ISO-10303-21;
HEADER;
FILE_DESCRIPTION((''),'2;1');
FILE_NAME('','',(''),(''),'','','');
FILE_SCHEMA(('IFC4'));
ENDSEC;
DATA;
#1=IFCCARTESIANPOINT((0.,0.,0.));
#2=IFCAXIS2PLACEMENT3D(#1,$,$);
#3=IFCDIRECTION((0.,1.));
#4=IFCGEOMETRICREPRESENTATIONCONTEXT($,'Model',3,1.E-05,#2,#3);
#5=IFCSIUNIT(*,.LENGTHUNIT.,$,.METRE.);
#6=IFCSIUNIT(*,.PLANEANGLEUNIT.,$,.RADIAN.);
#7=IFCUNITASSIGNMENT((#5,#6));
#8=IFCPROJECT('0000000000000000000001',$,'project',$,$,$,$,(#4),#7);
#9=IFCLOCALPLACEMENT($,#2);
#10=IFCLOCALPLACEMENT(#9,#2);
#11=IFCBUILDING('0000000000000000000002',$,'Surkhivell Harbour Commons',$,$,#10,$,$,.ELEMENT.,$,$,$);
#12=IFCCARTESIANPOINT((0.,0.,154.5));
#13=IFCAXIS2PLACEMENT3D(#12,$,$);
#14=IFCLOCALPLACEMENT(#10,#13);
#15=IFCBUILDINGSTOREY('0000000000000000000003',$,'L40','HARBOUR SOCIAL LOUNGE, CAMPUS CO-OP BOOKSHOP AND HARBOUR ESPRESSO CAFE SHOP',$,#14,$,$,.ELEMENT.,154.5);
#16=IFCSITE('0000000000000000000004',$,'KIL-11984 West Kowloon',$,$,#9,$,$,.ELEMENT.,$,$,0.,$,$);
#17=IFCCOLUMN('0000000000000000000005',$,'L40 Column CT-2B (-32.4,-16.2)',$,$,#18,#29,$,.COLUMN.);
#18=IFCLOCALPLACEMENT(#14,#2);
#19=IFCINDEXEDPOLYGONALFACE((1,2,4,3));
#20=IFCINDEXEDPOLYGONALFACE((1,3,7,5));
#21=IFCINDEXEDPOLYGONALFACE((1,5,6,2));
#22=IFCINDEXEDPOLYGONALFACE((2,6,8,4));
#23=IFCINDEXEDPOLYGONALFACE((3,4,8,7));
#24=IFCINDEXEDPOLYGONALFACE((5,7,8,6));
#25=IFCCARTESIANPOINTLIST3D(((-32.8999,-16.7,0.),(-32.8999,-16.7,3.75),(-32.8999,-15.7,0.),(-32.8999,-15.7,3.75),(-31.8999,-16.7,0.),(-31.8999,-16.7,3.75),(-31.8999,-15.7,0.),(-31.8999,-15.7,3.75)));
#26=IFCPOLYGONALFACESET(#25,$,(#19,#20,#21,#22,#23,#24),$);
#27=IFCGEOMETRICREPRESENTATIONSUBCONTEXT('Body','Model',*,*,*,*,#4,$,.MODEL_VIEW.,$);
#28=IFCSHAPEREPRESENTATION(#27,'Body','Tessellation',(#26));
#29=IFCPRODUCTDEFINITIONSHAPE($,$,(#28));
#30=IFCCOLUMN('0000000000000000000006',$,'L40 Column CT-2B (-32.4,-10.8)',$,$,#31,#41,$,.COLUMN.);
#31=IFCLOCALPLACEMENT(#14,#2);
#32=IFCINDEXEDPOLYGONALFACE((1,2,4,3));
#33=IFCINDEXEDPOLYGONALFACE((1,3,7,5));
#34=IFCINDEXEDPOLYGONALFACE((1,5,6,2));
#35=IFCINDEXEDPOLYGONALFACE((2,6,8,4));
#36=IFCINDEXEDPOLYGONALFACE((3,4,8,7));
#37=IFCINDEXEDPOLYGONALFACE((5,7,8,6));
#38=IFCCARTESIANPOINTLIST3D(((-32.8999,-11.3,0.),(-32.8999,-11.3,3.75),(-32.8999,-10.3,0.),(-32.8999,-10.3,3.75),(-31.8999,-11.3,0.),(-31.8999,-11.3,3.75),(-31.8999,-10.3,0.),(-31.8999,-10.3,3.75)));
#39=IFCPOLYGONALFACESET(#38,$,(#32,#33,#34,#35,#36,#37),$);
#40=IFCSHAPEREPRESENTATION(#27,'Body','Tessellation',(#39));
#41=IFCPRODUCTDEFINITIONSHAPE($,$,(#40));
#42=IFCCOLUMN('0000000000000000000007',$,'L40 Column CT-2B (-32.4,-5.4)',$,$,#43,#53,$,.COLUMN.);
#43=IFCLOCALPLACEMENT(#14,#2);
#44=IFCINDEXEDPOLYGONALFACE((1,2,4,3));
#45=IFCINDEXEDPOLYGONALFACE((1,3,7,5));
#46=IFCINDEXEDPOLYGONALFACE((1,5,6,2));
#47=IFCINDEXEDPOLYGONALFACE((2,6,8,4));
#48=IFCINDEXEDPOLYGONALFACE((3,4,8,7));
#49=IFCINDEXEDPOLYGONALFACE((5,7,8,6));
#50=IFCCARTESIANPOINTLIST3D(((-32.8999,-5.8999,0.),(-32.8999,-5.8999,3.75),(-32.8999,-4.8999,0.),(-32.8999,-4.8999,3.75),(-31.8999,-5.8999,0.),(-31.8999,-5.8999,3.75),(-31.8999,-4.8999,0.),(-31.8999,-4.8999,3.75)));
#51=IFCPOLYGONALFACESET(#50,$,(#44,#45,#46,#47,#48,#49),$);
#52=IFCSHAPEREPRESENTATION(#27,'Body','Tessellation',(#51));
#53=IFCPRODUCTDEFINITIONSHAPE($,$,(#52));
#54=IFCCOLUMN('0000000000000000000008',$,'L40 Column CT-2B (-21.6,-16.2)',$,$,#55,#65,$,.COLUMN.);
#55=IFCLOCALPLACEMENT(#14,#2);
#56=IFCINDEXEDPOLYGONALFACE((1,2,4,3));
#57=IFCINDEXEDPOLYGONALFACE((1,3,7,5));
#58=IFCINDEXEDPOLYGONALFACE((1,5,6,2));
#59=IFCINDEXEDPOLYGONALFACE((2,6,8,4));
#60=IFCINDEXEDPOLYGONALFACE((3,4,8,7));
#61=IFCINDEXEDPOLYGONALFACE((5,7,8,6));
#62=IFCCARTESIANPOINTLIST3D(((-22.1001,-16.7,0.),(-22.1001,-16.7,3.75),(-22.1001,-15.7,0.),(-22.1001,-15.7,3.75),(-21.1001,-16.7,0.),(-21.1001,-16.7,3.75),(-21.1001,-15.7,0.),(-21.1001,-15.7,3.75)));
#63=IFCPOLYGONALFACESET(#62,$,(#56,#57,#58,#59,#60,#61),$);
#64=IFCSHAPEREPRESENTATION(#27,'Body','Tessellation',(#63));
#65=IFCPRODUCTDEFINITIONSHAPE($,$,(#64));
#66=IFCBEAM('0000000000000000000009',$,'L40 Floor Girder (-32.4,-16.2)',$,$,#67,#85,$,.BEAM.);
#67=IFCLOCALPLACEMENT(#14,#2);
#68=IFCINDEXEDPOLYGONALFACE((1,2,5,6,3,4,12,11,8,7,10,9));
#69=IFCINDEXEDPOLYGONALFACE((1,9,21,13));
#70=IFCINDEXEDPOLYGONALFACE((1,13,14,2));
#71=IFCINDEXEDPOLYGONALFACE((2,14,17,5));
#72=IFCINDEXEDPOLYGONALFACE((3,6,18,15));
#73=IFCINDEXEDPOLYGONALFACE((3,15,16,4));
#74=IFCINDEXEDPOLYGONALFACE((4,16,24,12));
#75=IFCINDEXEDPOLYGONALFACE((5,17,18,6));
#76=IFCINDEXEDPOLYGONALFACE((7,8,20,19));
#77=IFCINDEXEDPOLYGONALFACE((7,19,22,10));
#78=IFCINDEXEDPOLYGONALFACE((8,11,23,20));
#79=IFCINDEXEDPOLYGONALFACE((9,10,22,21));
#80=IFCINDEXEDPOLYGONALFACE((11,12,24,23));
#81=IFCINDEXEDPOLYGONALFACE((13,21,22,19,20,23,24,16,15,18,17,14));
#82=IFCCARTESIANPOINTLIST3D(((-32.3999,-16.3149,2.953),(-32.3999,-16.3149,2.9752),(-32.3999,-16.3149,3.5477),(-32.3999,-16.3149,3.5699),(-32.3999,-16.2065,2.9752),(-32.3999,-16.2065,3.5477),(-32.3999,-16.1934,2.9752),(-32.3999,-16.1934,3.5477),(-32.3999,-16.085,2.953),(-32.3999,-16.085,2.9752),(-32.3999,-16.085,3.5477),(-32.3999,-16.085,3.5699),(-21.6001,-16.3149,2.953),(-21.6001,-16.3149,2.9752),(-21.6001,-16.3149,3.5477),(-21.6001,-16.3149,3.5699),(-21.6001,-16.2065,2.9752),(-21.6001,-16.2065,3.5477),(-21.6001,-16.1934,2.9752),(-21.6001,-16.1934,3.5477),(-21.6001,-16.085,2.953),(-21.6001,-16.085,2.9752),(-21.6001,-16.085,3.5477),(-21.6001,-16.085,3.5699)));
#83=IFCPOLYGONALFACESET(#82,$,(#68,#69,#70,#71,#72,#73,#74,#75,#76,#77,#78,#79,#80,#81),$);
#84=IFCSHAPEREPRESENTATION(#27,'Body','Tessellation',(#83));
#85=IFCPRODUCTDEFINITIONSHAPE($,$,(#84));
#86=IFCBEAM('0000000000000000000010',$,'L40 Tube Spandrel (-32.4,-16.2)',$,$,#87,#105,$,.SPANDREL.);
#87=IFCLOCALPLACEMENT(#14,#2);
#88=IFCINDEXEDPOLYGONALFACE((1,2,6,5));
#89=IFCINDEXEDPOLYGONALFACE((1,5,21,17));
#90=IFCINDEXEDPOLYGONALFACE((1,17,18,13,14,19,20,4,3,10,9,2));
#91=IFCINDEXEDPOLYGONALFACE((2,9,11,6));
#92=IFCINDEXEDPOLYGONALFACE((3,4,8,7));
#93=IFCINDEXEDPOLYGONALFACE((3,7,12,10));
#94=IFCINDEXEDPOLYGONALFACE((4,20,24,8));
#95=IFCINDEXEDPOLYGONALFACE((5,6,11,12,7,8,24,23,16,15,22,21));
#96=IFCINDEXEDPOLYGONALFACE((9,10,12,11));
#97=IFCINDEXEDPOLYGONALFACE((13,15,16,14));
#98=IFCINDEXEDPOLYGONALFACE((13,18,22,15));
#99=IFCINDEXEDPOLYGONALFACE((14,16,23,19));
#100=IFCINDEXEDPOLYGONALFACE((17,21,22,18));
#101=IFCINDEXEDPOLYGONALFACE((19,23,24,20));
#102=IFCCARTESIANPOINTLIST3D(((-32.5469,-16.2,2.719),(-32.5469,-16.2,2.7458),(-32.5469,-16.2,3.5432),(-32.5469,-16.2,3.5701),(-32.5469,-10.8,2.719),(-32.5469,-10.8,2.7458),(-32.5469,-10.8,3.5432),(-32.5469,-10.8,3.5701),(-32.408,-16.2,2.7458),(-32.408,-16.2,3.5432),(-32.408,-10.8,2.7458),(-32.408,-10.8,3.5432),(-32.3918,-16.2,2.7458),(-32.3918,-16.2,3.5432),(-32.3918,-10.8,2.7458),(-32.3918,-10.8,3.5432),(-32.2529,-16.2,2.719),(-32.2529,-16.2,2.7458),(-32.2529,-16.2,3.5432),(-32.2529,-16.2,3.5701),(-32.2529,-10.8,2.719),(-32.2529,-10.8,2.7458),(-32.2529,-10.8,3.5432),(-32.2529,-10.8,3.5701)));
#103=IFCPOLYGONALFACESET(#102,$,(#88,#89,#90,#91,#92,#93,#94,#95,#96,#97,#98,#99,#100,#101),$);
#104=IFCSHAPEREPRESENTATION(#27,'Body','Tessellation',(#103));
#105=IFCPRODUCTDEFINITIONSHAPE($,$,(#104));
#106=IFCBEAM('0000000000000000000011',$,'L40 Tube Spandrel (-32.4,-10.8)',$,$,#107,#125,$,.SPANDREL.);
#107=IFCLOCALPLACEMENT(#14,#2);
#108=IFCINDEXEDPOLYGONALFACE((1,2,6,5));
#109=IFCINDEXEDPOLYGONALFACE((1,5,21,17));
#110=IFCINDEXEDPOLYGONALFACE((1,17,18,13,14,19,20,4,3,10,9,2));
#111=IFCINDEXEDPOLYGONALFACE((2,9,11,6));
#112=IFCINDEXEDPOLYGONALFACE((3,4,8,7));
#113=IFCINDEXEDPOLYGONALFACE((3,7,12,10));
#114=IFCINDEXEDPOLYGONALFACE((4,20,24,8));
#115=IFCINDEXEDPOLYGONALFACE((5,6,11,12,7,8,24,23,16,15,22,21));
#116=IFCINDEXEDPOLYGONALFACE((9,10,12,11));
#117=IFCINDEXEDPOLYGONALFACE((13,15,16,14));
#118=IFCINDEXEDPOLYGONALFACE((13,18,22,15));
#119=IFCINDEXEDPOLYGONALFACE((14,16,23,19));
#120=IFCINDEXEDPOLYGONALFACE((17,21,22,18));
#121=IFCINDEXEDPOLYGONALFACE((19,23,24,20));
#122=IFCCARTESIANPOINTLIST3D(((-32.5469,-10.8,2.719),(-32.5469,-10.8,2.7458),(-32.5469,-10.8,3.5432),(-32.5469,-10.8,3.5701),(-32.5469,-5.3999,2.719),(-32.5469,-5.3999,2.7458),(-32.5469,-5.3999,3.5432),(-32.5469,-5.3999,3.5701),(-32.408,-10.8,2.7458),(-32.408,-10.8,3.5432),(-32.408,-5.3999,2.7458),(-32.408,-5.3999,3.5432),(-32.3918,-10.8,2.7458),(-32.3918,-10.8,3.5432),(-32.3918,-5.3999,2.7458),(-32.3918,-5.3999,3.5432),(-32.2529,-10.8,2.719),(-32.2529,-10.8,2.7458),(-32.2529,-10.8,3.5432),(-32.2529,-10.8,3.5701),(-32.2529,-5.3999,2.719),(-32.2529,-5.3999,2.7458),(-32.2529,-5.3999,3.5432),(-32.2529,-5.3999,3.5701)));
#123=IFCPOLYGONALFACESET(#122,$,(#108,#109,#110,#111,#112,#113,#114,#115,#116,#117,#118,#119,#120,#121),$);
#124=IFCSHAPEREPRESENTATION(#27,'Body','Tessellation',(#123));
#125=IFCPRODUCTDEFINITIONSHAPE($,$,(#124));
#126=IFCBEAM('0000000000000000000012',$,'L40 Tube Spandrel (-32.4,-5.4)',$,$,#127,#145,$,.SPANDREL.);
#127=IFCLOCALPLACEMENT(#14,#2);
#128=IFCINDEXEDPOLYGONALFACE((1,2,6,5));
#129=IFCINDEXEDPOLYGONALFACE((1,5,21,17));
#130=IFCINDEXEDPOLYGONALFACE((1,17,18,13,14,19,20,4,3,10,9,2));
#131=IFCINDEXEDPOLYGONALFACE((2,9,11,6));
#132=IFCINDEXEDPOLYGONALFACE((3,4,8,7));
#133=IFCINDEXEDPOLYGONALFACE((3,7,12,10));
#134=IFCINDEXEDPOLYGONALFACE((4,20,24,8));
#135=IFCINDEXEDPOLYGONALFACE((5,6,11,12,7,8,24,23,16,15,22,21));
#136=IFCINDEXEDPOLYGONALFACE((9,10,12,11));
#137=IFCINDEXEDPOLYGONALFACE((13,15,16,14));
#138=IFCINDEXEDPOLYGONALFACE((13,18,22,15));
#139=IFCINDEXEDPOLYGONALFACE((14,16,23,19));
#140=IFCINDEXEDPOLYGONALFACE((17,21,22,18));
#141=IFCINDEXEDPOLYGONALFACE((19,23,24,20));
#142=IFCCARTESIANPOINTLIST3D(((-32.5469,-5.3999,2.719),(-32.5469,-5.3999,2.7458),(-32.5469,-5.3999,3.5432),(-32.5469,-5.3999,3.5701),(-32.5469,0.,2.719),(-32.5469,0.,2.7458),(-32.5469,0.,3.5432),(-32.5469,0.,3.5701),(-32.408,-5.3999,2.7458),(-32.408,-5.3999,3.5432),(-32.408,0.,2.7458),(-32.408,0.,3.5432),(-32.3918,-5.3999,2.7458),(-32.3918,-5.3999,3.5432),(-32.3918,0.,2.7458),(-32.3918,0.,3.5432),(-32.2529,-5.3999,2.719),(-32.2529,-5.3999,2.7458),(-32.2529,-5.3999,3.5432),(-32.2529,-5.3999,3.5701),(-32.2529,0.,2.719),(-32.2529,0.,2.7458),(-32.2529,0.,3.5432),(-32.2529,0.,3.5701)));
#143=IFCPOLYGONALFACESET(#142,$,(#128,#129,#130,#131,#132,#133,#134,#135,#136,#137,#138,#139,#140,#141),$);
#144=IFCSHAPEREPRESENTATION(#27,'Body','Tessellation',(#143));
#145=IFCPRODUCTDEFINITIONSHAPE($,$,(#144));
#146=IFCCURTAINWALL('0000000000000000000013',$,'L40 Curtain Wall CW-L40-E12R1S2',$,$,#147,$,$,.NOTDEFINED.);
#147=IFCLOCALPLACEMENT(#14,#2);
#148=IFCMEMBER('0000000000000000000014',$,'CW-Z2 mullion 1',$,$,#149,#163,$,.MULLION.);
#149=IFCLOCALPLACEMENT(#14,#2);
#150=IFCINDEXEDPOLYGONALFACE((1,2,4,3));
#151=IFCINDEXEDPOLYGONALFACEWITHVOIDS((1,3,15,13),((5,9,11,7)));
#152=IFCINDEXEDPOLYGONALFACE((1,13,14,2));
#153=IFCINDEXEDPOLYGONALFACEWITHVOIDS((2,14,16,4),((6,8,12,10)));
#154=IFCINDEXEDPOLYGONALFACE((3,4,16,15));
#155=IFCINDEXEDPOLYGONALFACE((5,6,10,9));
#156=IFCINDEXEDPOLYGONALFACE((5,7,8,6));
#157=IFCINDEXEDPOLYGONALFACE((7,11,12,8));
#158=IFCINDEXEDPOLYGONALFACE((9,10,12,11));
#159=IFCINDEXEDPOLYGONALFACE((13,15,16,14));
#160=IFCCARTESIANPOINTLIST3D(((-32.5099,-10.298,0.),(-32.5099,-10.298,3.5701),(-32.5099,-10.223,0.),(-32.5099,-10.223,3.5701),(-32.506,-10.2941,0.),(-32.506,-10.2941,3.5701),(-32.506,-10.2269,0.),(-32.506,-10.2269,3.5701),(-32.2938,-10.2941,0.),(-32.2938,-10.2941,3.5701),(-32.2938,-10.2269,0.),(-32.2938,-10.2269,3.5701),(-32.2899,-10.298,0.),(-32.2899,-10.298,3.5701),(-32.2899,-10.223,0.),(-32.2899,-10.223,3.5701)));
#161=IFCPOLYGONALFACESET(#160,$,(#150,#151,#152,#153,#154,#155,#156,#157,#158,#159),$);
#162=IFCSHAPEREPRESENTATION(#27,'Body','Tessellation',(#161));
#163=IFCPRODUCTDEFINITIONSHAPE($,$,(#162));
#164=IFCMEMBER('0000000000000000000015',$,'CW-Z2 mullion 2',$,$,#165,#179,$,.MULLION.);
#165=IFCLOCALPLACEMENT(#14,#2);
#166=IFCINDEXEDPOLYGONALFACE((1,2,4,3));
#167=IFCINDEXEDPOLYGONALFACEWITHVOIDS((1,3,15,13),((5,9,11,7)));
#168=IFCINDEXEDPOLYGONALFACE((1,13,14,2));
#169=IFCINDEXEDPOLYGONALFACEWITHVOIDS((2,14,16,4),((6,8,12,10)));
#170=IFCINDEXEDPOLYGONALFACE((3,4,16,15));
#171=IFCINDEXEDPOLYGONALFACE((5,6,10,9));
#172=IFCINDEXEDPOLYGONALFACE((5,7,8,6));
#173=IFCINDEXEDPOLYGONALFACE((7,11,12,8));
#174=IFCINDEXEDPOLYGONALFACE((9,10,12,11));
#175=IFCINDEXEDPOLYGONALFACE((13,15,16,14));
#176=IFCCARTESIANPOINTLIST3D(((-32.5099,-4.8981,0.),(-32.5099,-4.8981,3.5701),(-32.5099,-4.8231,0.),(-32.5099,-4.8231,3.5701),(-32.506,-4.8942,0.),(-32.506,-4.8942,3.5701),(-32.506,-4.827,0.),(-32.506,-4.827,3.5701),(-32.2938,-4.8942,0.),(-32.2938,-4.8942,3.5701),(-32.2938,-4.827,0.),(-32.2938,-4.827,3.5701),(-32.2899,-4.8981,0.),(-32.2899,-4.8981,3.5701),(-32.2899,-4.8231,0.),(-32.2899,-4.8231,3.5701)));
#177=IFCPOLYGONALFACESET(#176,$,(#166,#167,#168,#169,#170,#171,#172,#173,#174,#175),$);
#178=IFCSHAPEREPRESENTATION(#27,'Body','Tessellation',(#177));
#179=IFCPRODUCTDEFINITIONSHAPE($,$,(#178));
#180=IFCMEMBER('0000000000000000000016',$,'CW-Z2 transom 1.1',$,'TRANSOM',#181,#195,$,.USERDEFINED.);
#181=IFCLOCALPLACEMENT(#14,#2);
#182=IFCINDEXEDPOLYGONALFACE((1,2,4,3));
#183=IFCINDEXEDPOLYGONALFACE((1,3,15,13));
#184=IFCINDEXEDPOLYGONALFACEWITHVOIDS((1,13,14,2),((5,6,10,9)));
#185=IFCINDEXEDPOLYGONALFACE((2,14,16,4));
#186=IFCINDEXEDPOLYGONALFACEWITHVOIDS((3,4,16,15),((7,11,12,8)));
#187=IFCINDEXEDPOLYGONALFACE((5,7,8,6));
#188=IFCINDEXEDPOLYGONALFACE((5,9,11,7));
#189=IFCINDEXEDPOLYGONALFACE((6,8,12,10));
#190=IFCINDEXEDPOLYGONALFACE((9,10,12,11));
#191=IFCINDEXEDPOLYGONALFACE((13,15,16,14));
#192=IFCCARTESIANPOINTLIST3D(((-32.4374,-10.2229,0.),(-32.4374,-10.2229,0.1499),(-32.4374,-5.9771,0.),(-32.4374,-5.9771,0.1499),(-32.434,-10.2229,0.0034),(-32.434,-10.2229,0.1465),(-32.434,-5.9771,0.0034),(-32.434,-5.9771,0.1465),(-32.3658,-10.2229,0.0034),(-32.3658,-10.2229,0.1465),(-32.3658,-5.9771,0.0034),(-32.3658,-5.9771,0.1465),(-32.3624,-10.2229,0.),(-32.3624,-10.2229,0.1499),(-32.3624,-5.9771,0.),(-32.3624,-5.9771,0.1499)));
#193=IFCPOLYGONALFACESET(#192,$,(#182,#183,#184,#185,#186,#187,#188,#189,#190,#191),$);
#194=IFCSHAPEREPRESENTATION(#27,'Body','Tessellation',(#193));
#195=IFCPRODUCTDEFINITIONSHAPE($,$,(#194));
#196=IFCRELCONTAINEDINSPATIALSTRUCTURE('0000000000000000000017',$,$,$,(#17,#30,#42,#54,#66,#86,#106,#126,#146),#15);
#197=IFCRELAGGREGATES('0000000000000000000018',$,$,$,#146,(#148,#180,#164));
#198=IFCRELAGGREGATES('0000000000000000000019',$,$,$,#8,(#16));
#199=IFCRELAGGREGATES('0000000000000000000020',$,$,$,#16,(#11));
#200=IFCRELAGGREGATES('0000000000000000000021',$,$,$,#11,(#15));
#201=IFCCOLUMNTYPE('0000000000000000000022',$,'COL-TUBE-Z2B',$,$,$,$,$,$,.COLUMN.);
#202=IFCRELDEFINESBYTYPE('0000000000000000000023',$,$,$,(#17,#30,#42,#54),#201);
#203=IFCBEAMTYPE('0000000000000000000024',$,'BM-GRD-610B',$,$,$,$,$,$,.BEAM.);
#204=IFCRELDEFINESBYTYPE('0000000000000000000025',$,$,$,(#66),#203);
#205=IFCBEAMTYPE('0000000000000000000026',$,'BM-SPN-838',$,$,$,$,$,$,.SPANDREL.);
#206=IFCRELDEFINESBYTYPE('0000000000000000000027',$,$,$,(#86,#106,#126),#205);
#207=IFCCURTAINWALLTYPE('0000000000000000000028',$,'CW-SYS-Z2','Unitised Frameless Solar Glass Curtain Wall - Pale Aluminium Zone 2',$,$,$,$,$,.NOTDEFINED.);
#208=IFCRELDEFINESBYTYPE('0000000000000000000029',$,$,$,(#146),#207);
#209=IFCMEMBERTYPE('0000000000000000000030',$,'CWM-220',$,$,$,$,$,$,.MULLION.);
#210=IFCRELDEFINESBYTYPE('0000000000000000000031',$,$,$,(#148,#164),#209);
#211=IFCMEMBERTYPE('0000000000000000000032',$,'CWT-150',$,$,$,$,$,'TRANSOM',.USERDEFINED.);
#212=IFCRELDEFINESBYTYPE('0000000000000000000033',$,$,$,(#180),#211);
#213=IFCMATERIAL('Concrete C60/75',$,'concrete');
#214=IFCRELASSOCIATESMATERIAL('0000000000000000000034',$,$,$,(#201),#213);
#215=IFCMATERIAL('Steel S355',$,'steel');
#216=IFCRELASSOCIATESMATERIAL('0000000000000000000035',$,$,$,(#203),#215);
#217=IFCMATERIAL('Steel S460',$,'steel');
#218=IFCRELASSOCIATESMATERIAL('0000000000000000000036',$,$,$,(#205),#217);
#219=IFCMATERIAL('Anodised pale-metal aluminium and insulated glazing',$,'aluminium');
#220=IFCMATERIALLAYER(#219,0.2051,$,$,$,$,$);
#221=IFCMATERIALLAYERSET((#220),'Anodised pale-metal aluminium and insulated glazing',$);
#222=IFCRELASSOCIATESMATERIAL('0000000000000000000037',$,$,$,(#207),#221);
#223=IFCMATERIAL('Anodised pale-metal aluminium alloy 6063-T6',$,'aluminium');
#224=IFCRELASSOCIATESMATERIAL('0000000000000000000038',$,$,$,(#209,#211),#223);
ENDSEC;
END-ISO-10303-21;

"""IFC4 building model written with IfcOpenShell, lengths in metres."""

from ifc_helpers import new_model, si_unit, direction, frame, origin, origin_2d, place, context, subcontext, project, spatial, rectangle, hollow_rectangle, i_section, extrude, material, layer, layer_set, material_profile, profile_set, type_object, element, aggregate, save


model = new_model("IFC4")

# Units and contexts
model_context = context("Model", 3, precision=1e-05, world=origin(), true_north=direction((0.0, 1.0)))
body_context = subcontext(model_context, "Body", "Model", "MODEL_VIEW")
ifc_project = project(units=[si_unit("LENGTHUNIT", "METRE"), si_unit("PLANEANGLEUNIT", "RADIAN")], contexts=[model_context])

# Site, building, storey
site_placement = place(None, origin())
site = spatial("IfcSite", under=ifc_project, at=site_placement, Name="KIL-11984 West Kowloon", CompositionType="ELEMENT", RefElevation=0.0)
building_placement = place(site_placement, origin())
building = spatial("IfcBuilding", under=site, at=building_placement, Name="Surkhivell Harbour Commons", CompositionType="ELEMENT")
storey_placement = place(building_placement, frame((0.0, 0.0, 154.5)))
storey = spatial("IfcBuildingStorey", under=building, at=storey_placement, Name="L40", Description="HARBOUR SOCIAL LOUNGE, CAMPUS CO-OP BOOKSHOP AND HARBOUR ESPRESSO CAFE SHOP", CompositionType="ELEMENT", Elevation=154.5)

# Columns
ifc_material_1 = material(Name="Concrete C60/75", Category="concrete")
ifc_material_profile_1 = material_profile(ifc_material_1, rectangle(XDim=1.0, YDim=1.0, at=origin_2d()), Name="RC-COL-1000x1000")
ifc_profile_set_1 = profile_set([ifc_material_profile_1], Name="Concrete C60/75")
column_type = type_object("IfcColumnType", Name="COL-TUBE-Z2B", PredefinedType="COLUMN", material=ifc_profile_set_1)
for number, where, z_axis, x_axis, name in (
    (1, (-32.3999, -16.2, 0.0), (0.0, 0.0, 1.0), (1.0, 0.0, 0.0), "L40 Column CT-2B (-32.4,-16.2)"),
    (2, (-32.3999, -10.8, 0.0), (0.0, 0.0, 1.0), (1.0, 0.0, 0.0), "L40 Column CT-2B (-32.4,-10.8)"),
    (3, (-32.3999, -5.3999, 0.0), (0.0, 0.0, 1.0), (1.0, 0.0, 0.0), "L40 Column CT-2B (-32.4,-5.4)"),
    (4, (-21.6001, -16.2, 0.0), (0.0, 0.0, 1.0), (1.0, 0.0, 0.0), "L40 Column CT-2B (-21.6,-16.2)"),
):
    element("IfcColumn", number, at=place(storey_placement, frame(where, z_axis=z_axis, x_axis=x_axis)), inside=storey, type_object=column_type, Name=name, PredefinedType="COLUMN", context=body_context, shape_type="SweptSolid", body=[
        extrude(rectangle(XDim=1.0, YDim=1.0, at=origin_2d()), origin(), (0.0, 0.0, 1.0), 3.75),
    ])

# Beams
ifc_material_2 = material(Name="Steel S355", Category="steel")
ifc_material_profile_2 = material_profile(ifc_material_2, i_section(OverallWidth=0.23, OverallDepth=0.6169, WebThickness=0.0132, FlangeThickness=0.0222, at=origin_2d()), Name="UB610x229x140")
ifc_profile_set_2 = profile_set([ifc_material_profile_2], Name="Steel S355")
beam_type_1 = type_object("IfcBeamType", Name="BM-GRD-610B", PredefinedType="BEAM", material=ifc_profile_set_2)
beam_1_placement = place(storey_placement, frame((-32.3999, -16.2, 3.2615), z_axis=(1.0, 0.0, 0.0), x_axis=(0.0, 1.0, 0.0)))
element("IfcBeam", 5, at=beam_1_placement, inside=storey, type_object=beam_type_1, Name="L40 Floor Girder (-32.4,-16.2)", PredefinedType="BEAM", context=body_context, shape_type="SweptSolid", body=[
    extrude(i_section(OverallWidth=0.23, OverallDepth=0.6169, WebThickness=0.0132, FlangeThickness=0.0222, at=origin_2d()), origin(), (0.0, 0.0, 1.0), 10.7998),
])
ifc_material_3 = material(Name="Steel S460", Category="steel")
ifc_material_profile_3 = material_profile(ifc_material_3, i_section(OverallWidth=0.2939, OverallDepth=0.8511, WebThickness=0.0161, FlangeThickness=0.0269, at=origin_2d()), Name="UB838x292x226")
ifc_profile_set_3 = profile_set([ifc_material_profile_3], Name="Steel S460")
beam_type_2 = type_object("IfcBeamType", Name="BM-SPN-838", PredefinedType="SPANDREL", material=ifc_profile_set_3)
beam_2_placement = place(storey_placement, frame((-32.3999, -16.2, 3.1445), z_axis=(0.0, 1.0, 0.0), x_axis=(-1.0, 0.0, 0.0)))
element("IfcBeam", 6, at=beam_2_placement, inside=storey, type_object=beam_type_2, Name="L40 Tube Spandrel (-32.4,-16.2)", PredefinedType="SPANDREL", context=body_context, shape_type="SweptSolid", body=[
    extrude(i_section(OverallWidth=0.2939, OverallDepth=0.8511, WebThickness=0.0161, FlangeThickness=0.0269, at=origin_2d()), origin(), (0.0, 0.0, 1.0), 5.3999),
])
beam_3_placement = place(storey_placement, frame((-32.3999, -10.8, 3.1445), z_axis=(0.0, 1.0, 0.0), x_axis=(-1.0, 0.0, 0.0)))
element("IfcBeam", 7, at=beam_3_placement, inside=storey, type_object=beam_type_2, Name="L40 Tube Spandrel (-32.4,-10.8)", PredefinedType="SPANDREL", context=body_context, shape_type="SweptSolid", body=[
    extrude(i_section(OverallWidth=0.2939, OverallDepth=0.8511, WebThickness=0.0161, FlangeThickness=0.0269, at=origin_2d()), origin(), (0.0, 0.0, 1.0), 5.4001),
])
beam_4_placement = place(storey_placement, frame((-32.3999, -5.3999, 3.1445), z_axis=(0.0, 1.0, 0.0), x_axis=(-1.0, 0.0, 0.0)))
element("IfcBeam", 8, at=beam_4_placement, inside=storey, type_object=beam_type_2, Name="L40 Tube Spandrel (-32.4,-5.4)", PredefinedType="SPANDREL", context=body_context, shape_type="SweptSolid", body=[
    extrude(i_section(OverallWidth=0.2939, OverallDepth=0.8511, WebThickness=0.0161, FlangeThickness=0.0269, at=origin_2d()), origin(), (0.0, 0.0, 1.0), 5.3999),
])

# Curtain wall, members
ifc_material_4 = material(Name="Anodised pale-metal aluminium and insulated glazing", Category="aluminium")
ifc_layer_1 = layer(ifc_material_4, 0.2051)
ifc_layer_set_1 = layer_set([ifc_layer_1], Name="Anodised pale-metal aluminium and insulated glazing")
curtain_wall_type = type_object("IfcCurtainWallType", Name="CW-SYS-Z2", Description="Unitised Frameless Solar Glass Curtain Wall - Pale Aluminium Zone 2", PredefinedType="NOTDEFINED", material=ifc_layer_set_1)
curtain_wall_placement = place(storey_placement, origin())
curtain_wall = element("IfcCurtainWall", 9, at=curtain_wall_placement, inside=storey, type_object=curtain_wall_type, Name="L40 Curtain Wall CW-L40-E12R1S2", PredefinedType="NOTDEFINED")
ifc_material_5 = material(Name="Anodised pale-metal aluminium alloy 6063-T6", Category="aluminium")
ifc_material_profile_4 = material_profile(ifc_material_5, hollow_rectangle(XDim=0.075, YDim=0.22, WallThickness=0.0039, at=origin_2d()), Name="ALU-MULL-75x220")
ifc_profile_set_4 = profile_set([ifc_material_profile_4], Name="Anodised pale-metal aluminium alloy 6063-T6")
member_type_1 = type_object("IfcMemberType", Name="CWM-220", PredefinedType="MULLION", material=ifc_profile_set_4)
member_1_placement = place(storey_placement, frame((-32.3999, -10.2605, 0.0), z_axis=(0.0, 0.0, 1.0), x_axis=(0.0, 1.0, 0.0)))
member_1 = element("IfcMember", 10, at=member_1_placement, type_object=member_type_1, Name="CW-Z2 mullion 1", PredefinedType="MULLION", context=body_context, shape_type="SweptSolid", body=[
    extrude(hollow_rectangle(XDim=0.075, YDim=0.22, WallThickness=0.0039, at=origin_2d()), origin(), (0.0, 0.0, 1.0), 3.5701),
])
member_2_placement = place(storey_placement, frame((-32.3999, -4.8606, 0.0), z_axis=(0.0, 0.0, 1.0), x_axis=(0.0, 1.0, 0.0)))
member_2 = element("IfcMember", 11, at=member_2_placement, type_object=member_type_1, Name="CW-Z2 mullion 2", PredefinedType="MULLION", context=body_context, shape_type="SweptSolid", body=[
    extrude(hollow_rectangle(XDim=0.075, YDim=0.22, WallThickness=0.0039, at=origin_2d()), origin(), (0.0, 0.0, 1.0), 3.5701),
])
ifc_material_profile_5 = material_profile(ifc_material_5, hollow_rectangle(XDim=0.075, YDim=0.1499, WallThickness=0.0034, at=origin_2d()), Name="ALU-TRAN-75x150")
ifc_profile_set_5 = profile_set([ifc_material_profile_5], Name="Anodised pale-metal aluminium alloy 6063-T6")
member_type_2 = type_object("IfcMemberType", Name="CWT-150", ElementType="TRANSOM", PredefinedType="USERDEFINED", material=ifc_profile_set_5)
member_3_placement = place(storey_placement, frame((-32.3999, -10.2229, 0.075), z_axis=(0.0, 1.0, 0.0), x_axis=(-1.0, 0.0, 0.0)))
member_3 = element("IfcMember", 12, at=member_3_placement, type_object=member_type_2, Name="CW-Z2 transom 1.1", ObjectType="TRANSOM", PredefinedType="USERDEFINED", context=body_context, shape_type="SweptSolid", body=[
    extrude(hollow_rectangle(XDim=0.075, YDim=0.1499, WallThickness=0.0034, at=origin_2d()), origin(), (0.0, 0.0, 1.0), 4.2458),
])

aggregate(curtain_wall, [member_1, member_3, member_2])

save(model, "model.ifc")
